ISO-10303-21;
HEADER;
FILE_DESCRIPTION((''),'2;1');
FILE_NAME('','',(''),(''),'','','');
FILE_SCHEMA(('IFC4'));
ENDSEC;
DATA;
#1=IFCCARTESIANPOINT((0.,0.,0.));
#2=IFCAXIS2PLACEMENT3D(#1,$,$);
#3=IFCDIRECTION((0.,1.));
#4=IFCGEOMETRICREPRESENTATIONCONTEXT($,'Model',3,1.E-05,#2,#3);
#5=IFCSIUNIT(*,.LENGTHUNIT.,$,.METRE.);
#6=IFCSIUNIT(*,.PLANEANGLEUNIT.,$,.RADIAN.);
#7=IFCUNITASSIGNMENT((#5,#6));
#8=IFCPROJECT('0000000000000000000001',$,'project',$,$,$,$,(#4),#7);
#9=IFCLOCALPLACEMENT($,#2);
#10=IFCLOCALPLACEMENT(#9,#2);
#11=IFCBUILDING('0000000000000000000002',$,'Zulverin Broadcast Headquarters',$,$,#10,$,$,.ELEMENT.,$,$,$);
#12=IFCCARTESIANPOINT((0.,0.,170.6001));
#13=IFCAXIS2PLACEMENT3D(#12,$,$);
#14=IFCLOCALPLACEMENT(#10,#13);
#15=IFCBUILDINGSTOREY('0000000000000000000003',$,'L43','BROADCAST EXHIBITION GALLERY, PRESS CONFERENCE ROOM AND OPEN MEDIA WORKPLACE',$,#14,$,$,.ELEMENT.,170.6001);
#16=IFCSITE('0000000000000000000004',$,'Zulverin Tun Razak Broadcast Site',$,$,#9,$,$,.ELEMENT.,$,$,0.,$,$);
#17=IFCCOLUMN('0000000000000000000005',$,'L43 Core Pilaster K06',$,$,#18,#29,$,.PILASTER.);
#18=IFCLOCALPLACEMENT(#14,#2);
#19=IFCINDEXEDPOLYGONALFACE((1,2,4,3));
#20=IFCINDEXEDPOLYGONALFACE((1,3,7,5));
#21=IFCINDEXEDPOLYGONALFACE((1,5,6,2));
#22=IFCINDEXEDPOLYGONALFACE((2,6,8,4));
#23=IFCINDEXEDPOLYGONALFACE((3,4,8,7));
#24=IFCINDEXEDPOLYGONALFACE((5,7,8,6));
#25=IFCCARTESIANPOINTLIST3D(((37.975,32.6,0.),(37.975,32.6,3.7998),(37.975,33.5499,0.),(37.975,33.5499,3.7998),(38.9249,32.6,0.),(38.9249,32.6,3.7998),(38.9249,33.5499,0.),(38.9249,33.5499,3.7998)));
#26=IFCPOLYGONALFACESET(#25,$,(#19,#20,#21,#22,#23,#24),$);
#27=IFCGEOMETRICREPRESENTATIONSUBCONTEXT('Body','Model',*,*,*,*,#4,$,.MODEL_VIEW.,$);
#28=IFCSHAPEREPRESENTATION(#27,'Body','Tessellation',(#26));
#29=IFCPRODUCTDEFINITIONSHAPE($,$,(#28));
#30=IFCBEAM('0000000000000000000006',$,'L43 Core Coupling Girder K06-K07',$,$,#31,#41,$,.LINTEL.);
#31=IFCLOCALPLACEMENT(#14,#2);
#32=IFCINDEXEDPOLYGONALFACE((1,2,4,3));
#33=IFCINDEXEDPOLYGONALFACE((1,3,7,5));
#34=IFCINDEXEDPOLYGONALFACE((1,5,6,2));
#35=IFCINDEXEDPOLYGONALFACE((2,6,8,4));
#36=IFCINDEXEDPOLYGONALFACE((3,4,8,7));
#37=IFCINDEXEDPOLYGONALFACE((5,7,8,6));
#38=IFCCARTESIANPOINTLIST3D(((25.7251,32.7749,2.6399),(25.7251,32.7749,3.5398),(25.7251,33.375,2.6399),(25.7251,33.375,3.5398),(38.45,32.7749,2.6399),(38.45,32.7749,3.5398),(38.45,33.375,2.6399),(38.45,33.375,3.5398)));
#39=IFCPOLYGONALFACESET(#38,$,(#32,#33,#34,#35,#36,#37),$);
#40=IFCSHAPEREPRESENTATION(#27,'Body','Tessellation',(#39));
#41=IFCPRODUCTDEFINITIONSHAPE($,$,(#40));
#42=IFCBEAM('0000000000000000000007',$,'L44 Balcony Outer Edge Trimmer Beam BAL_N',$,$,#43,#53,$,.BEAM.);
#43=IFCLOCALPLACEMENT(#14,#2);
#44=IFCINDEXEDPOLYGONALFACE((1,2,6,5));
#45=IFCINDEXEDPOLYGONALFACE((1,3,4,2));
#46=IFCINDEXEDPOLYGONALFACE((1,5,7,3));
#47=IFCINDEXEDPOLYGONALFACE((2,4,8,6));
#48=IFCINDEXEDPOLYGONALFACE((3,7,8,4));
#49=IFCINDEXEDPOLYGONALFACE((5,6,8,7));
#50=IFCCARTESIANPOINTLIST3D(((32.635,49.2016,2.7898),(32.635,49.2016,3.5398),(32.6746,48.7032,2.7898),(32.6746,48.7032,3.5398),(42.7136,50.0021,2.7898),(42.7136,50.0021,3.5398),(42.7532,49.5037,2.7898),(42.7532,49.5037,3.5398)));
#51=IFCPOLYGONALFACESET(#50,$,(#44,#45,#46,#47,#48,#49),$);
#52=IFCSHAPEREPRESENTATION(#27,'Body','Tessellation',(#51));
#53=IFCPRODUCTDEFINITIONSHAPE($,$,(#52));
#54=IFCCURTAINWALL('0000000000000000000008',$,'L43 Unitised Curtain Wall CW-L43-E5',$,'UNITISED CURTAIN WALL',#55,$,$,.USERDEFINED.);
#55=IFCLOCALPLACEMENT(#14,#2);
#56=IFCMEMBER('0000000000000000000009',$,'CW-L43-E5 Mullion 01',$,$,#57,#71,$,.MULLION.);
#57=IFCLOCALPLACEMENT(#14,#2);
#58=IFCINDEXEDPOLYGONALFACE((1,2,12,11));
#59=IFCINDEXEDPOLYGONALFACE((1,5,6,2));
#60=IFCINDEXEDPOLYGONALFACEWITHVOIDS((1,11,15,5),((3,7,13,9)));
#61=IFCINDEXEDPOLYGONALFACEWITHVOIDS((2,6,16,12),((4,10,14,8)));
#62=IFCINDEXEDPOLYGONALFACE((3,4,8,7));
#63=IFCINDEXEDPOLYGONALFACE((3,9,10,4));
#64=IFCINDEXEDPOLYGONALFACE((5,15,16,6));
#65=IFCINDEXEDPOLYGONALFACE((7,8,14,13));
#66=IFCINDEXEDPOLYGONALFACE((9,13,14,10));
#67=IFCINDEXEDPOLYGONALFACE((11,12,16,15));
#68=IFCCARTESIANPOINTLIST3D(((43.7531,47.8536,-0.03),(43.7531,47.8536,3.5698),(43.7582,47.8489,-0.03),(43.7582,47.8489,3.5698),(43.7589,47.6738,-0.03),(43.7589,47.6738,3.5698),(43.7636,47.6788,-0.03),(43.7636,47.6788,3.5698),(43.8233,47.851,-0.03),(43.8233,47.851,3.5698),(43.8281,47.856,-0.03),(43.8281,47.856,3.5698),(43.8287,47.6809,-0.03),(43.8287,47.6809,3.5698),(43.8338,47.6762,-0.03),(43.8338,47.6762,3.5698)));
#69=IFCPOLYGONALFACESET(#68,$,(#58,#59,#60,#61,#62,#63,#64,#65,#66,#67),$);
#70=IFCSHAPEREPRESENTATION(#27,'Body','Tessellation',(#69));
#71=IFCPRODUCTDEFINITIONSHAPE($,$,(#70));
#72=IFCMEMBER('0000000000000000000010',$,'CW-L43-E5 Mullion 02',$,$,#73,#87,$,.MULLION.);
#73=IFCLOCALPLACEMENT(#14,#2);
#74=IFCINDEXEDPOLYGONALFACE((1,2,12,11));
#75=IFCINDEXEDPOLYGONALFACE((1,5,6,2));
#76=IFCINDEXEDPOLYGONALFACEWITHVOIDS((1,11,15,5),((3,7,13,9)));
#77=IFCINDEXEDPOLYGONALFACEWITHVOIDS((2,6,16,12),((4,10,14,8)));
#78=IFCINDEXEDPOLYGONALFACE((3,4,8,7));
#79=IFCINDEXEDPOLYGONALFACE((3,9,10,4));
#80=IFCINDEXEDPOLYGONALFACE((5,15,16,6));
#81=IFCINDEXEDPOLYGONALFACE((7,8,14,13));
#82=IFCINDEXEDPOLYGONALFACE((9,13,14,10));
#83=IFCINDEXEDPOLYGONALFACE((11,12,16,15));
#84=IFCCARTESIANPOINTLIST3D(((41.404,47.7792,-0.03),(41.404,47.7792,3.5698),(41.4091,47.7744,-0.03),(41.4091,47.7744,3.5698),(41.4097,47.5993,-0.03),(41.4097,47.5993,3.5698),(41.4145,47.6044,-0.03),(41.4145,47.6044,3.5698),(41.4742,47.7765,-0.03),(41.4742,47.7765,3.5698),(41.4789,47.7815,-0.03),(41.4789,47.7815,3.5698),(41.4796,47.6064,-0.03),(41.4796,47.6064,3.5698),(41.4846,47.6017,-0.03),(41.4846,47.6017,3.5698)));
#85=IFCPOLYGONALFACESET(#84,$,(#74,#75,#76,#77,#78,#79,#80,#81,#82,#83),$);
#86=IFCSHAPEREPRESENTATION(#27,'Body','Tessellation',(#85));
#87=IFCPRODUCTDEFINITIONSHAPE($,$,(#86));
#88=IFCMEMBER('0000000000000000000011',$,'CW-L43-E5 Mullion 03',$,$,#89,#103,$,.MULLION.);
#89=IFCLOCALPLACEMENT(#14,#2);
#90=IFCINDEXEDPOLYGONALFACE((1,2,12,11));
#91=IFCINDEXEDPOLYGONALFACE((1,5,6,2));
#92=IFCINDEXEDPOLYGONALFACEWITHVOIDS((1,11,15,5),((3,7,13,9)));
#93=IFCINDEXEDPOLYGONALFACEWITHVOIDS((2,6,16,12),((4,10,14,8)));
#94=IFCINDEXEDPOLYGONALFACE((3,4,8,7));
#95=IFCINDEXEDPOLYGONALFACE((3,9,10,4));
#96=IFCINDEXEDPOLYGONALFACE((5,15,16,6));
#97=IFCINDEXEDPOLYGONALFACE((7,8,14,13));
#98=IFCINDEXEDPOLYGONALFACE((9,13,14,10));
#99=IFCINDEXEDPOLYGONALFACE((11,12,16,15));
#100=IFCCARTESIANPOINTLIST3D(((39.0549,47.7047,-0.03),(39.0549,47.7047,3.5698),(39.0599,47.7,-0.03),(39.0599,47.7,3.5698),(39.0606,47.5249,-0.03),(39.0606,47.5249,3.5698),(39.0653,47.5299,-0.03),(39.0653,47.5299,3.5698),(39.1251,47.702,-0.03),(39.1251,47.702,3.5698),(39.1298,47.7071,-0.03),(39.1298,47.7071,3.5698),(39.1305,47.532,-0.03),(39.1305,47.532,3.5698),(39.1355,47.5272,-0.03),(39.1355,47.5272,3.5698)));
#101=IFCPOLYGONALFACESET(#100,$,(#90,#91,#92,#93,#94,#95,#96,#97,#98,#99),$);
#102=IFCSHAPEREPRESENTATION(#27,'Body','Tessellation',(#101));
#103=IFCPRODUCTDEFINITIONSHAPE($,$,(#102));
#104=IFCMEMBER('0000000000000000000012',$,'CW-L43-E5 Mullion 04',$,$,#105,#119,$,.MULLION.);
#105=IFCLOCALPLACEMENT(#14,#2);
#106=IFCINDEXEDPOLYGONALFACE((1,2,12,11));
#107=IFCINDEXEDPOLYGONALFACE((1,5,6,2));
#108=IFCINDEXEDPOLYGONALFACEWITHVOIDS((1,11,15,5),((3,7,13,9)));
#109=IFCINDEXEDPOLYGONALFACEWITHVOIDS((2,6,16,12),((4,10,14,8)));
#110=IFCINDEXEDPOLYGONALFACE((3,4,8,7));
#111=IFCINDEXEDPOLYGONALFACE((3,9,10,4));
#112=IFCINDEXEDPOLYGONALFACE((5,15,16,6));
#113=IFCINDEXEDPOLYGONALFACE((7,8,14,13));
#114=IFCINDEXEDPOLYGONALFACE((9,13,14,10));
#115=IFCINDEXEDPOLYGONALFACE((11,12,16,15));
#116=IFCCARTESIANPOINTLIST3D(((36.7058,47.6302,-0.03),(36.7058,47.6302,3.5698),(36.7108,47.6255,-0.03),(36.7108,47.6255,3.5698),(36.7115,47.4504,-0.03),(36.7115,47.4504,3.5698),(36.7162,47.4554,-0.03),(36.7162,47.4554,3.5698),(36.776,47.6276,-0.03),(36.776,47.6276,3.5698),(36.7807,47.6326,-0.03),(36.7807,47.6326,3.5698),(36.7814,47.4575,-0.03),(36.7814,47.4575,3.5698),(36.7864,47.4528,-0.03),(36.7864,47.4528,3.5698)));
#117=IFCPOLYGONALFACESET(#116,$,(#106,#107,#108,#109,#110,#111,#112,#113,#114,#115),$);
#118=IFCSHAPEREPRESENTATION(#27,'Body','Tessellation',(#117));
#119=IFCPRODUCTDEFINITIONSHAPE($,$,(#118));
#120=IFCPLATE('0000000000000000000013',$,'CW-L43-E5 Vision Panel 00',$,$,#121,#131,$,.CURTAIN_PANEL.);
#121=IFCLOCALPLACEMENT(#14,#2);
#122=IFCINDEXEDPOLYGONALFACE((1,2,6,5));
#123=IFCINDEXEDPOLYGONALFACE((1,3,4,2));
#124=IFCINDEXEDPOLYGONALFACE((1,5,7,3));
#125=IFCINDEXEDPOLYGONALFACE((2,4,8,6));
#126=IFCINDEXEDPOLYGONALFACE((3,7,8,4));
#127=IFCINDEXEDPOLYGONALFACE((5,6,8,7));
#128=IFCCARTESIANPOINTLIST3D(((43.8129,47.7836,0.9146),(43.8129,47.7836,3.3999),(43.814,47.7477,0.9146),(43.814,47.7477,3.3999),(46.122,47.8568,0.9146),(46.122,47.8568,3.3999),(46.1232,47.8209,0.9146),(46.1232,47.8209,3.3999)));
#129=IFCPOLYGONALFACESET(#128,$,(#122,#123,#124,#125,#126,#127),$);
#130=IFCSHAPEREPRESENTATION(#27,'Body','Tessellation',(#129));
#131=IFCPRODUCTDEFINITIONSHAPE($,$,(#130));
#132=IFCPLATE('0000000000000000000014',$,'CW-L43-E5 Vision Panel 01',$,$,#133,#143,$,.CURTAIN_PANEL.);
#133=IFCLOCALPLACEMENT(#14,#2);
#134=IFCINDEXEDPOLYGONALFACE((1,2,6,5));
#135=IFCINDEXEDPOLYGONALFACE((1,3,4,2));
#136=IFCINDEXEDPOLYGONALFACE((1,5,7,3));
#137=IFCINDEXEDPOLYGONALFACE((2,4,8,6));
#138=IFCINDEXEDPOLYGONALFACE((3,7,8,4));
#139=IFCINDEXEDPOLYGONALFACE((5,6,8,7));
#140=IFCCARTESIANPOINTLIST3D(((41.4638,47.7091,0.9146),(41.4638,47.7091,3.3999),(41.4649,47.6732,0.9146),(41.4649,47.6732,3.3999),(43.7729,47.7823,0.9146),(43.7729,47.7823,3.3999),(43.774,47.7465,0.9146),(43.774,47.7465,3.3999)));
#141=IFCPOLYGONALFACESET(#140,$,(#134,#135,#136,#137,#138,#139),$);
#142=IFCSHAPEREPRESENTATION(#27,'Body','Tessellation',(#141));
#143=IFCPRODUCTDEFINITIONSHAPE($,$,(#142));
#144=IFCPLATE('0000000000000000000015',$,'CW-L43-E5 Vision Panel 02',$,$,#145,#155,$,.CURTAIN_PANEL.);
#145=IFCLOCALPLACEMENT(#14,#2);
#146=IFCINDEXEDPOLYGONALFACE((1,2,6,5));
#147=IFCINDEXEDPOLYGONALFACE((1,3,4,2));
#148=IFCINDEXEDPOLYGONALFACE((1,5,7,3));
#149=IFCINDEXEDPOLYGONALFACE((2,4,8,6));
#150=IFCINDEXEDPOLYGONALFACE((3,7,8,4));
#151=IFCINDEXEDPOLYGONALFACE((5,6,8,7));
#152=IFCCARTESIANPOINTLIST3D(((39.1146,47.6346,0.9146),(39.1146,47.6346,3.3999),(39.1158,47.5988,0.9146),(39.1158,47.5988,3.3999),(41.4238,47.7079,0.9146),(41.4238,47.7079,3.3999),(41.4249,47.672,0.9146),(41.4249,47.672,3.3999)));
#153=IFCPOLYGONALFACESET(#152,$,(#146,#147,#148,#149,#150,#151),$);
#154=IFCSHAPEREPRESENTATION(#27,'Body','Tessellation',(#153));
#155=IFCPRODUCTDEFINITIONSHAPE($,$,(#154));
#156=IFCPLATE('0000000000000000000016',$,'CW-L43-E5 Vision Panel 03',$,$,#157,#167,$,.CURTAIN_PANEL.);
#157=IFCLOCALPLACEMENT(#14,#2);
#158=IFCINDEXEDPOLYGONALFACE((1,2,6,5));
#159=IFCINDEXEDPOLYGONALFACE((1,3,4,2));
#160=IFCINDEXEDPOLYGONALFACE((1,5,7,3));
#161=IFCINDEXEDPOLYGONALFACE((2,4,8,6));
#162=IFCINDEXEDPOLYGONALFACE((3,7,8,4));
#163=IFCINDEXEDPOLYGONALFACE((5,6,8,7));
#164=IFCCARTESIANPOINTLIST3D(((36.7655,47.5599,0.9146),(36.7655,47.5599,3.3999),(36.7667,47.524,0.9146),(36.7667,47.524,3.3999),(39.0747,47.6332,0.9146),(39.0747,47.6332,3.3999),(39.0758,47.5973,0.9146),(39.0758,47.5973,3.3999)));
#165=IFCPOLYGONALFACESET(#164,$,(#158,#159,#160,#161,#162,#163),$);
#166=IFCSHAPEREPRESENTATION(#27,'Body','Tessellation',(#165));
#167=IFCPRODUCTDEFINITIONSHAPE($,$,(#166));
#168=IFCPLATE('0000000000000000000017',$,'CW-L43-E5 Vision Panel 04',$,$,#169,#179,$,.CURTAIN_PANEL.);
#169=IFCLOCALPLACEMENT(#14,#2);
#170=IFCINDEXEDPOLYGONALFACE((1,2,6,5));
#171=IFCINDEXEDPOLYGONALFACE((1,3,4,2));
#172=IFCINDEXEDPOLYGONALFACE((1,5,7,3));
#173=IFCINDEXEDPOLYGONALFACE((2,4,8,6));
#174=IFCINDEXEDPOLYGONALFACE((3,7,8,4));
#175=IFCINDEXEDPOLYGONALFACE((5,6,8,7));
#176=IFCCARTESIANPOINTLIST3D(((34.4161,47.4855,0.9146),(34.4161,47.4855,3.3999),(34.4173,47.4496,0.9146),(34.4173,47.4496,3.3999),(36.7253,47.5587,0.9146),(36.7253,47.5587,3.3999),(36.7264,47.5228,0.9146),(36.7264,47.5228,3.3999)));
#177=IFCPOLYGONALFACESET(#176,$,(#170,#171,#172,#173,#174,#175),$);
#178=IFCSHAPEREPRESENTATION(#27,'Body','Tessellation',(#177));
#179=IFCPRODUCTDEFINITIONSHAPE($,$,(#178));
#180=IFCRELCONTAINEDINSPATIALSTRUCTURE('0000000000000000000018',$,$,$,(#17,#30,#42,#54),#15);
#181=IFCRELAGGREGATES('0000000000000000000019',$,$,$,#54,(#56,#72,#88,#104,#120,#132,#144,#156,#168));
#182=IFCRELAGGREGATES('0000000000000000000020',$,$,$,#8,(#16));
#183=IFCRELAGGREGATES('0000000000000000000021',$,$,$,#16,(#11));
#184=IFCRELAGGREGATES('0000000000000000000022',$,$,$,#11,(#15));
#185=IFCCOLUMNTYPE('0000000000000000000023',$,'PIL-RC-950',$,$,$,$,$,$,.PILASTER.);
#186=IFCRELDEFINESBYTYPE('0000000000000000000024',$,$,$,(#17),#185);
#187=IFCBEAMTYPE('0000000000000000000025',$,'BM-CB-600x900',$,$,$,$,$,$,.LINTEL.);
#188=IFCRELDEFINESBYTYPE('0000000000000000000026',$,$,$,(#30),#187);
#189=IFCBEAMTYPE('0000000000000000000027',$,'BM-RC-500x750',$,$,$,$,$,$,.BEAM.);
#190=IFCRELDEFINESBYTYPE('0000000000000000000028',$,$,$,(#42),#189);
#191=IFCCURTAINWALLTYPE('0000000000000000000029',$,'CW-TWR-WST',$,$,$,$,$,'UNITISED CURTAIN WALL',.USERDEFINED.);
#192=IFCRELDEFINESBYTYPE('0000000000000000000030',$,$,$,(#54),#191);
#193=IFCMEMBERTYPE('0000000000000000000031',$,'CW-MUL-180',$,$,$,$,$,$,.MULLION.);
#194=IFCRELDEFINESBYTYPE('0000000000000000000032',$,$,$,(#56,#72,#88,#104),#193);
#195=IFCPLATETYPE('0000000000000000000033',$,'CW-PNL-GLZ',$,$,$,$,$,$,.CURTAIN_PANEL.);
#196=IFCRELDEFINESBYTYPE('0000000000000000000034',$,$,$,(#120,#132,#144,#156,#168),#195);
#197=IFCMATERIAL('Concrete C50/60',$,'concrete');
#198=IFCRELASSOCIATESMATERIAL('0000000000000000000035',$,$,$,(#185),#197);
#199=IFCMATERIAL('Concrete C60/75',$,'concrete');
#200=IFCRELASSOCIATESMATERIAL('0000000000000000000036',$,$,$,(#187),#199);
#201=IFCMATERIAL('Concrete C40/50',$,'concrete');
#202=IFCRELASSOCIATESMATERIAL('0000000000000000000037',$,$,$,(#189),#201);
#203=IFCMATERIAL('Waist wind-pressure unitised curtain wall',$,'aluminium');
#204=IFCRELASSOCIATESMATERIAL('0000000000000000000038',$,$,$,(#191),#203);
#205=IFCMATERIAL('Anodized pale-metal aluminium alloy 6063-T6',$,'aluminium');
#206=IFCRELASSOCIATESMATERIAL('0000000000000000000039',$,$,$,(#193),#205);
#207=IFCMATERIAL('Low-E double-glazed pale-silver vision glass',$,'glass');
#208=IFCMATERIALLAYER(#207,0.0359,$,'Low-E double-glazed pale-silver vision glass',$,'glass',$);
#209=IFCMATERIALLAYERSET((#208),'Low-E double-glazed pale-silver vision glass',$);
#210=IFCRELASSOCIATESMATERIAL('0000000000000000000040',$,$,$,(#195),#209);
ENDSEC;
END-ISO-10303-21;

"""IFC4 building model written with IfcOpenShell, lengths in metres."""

from ifc_helpers import new_model, si_unit, direction, frame, origin, origin_2d, place, context, subcontext, project, spatial, rectangle, hollow_rectangle, extrude, material, layer, layer_set, material_profile, profile_set, type_object, element, aggregate, save


model = new_model("IFC4")

# Units and contexts
model_context = context("Model", 3, precision=1e-05, world=origin(), true_north=direction((0.0, 1.0)))
body_context = subcontext(model_context, "Body", "Model", "MODEL_VIEW")
ifc_project = project(units=[si_unit("LENGTHUNIT", "METRE"), si_unit("PLANEANGLEUNIT", "RADIAN")], contexts=[model_context])

# Site, building, storey
site_placement = place(None, origin())
site = spatial("IfcSite", under=ifc_project, at=site_placement, Name="Zulverin Tun Razak Broadcast Site", CompositionType="ELEMENT", RefElevation=0.0)
building_placement = place(site_placement, origin())
building = spatial("IfcBuilding", under=site, at=building_placement, Name="Zulverin Broadcast Headquarters", CompositionType="ELEMENT")
storey_placement = place(building_placement, frame((0.0, 0.0, 170.6001)))
storey = spatial("IfcBuildingStorey", under=building, at=storey_placement, Name="L43", Description="BROADCAST EXHIBITION GALLERY, PRESS CONFERENCE ROOM AND OPEN MEDIA WORKPLACE", CompositionType="ELEMENT", Elevation=170.6001)

# Column
ifc_material_1 = material(Name="Concrete C50/60", Category="concrete")
ifc_material_profile_1 = material_profile(ifc_material_1, rectangle(XDim=0.95, YDim=0.95, at=origin_2d()), Name="Concrete C50/60", Category="concrete")
ifc_profile_set_1 = profile_set([ifc_material_profile_1], Name="Concrete C50/60")
column_type = type_object("IfcColumnType", Name="PIL-RC-950", PredefinedType="PILASTER", material=ifc_profile_set_1)
column_placement = place(storey_placement, frame((38.45, 33.075, 0.0), z_axis=(0.0, 0.0, 1.0), x_axis=(1.0, 0.0, 0.0)))
element("IfcColumn", 1, at=column_placement, inside=storey, type_object=column_type, Name="L43 Core Pilaster K06", PredefinedType="PILASTER", context=body_context, shape_type="SweptSolid", body=[
    extrude(rectangle(XDim=0.95, YDim=0.95, at=origin_2d()), origin(), (0.0, 0.0, 1.0), 3.7998),
])

# Beams
ifc_material_2 = material(Name="Concrete C60/75", Category="concrete")
ifc_material_profile_2 = material_profile(ifc_material_2, rectangle(XDim=0.6001, YDim=0.8999, at=origin_2d()), Name="Concrete C60/75", Category="concrete")
ifc_profile_set_2 = profile_set([ifc_material_profile_2], Name="Concrete C60/75")
beam_type_1 = type_object("IfcBeamType", Name="BM-CB-600x900", PredefinedType="LINTEL", material=ifc_profile_set_2)
beam_1_placement = place(storey_placement, frame((38.45, 33.075, 3.0898), z_axis=(-1.0, 0.0, 0.0), x_axis=(0.0, -1.0, 0.0)))
element("IfcBeam", 2, at=beam_1_placement, inside=storey, type_object=beam_type_1, Name="L43 Core Coupling Girder K06-K07", PredefinedType="LINTEL", context=body_context, shape_type="SweptSolid", body=[
    extrude(rectangle(XDim=0.6001, YDim=0.8999, at=origin_2d()), origin(), (0.0, 0.0, 1.0), 12.7249),
])
ifc_material_3 = material(Name="Concrete C40/50", Category="concrete")
ifc_material_profile_3 = material_profile(ifc_material_3, rectangle(XDim=0.5, YDim=0.75, at=origin_2d()), Name="Concrete C40/50", Category="concrete")
ifc_profile_set_3 = profile_set([ifc_material_profile_3], Name="Concrete C40/50")
beam_type_2 = type_object("IfcBeamType", Name="BM-RC-500x750", PredefinedType="BEAM", material=ifc_profile_set_3)
beam_2_placement = place(storey_placement, frame((42.7334, 49.7529, 3.1648), z_axis=(-0.99686, -0.07918, 0.0), x_axis=(0.07918, -0.99686, 0.0)))
element("IfcBeam", 3, at=beam_2_placement, inside=storey, type_object=beam_type_2, Name="L44 Balcony Outer Edge Trimmer Beam BAL_N", PredefinedType="BEAM", context=body_context, shape_type="SweptSolid", body=[
    extrude(rectangle(XDim=0.5, YDim=0.75, at=origin_2d()), origin(), (0.0, 0.0, 1.0), 10.1104),
])

# Curtain wall, members, plates
ifc_material_4 = material(Name="Waist wind-pressure unitised curtain wall", Category="aluminium")
curtain_wall_type = type_object("IfcCurtainWallType", Name="CW-TWR-WST", ElementType="UNITISED CURTAIN WALL", PredefinedType="USERDEFINED", material=ifc_material_4)
curtain_wall_placement = place(storey_placement, origin())
curtain_wall = element("IfcCurtainWall", 4, at=curtain_wall_placement, inside=storey, type_object=curtain_wall_type, Name="L43 Unitised Curtain Wall CW-L43-E5", ObjectType="UNITISED CURTAIN WALL", PredefinedType="USERDEFINED")
ifc_material_5 = material(Name="Anodized pale-metal aluminium alloy 6063-T6", Category="aluminium")
ifc_material_profile_4 = material_profile(ifc_material_5, hollow_rectangle(XDim=0.075, YDim=0.1799, WallThickness=0.0049, at=origin_2d()), Name="Anodized pale-metal aluminium alloy 6063-T6", Category="aluminium")
ifc_profile_set_4 = profile_set([ifc_material_profile_4], Name="Anodized pale-metal aluminium alloy 6063-T6")
member_type = type_object("IfcMemberType", Name="CW-MUL-180", PredefinedType="MULLION", material=ifc_profile_set_4)
member_1_placement = place(storey_placement, frame((43.7935, 47.7649, -0.03), z_axis=(0.0, 0.0, 1.0), x_axis=(-0.999497, -0.031709, 0.0)))
member_1 = element("IfcMember", 5, at=member_1_placement, type_object=member_type, Name="CW-L43-E5 Mullion 01", PredefinedType="MULLION", context=body_context, shape_type="SweptSolid", body=[
    extrude(hollow_rectangle(XDim=0.075, YDim=0.1799, WallThickness=0.0049, at=origin_2d()), origin(), (0.0, 0.0, 1.0), 3.5999),
])
member_2_placement = place(storey_placement, frame((41.4443, 47.6904, -0.03), z_axis=(0.0, 0.0, 1.0), x_axis=(-0.999497, -0.031709, 0.0)))
member_2 = element("IfcMember", 6, at=member_2_placement, type_object=member_type, Name="CW-L43-E5 Mullion 02", PredefinedType="MULLION", context=body_context, shape_type="SweptSolid", body=[
    extrude(hollow_rectangle(XDim=0.075, YDim=0.1799, WallThickness=0.0049, at=origin_2d()), origin(), (0.0, 0.0, 1.0), 3.5999),
])
member_3_placement = place(storey_placement, frame((39.0952, 47.616, -0.03), z_axis=(0.0, 0.0, 1.0), x_axis=(-0.999497, -0.031709, 0.0)))
member_3 = element("IfcMember", 7, at=member_3_placement, type_object=member_type, Name="CW-L43-E5 Mullion 03", PredefinedType="MULLION", context=body_context, shape_type="SweptSolid", body=[
    extrude(hollow_rectangle(XDim=0.075, YDim=0.1799, WallThickness=0.0049, at=origin_2d()), origin(), (0.0, 0.0, 1.0), 3.5999),
])
member_4_placement = place(storey_placement, frame((36.7461, 47.5415, -0.03), z_axis=(0.0, 0.0, 1.0), x_axis=(-0.999497, -0.031709, 0.0)))
member_4 = element("IfcMember", 8, at=member_4_placement, type_object=member_type, Name="CW-L43-E5 Mullion 04", PredefinedType="MULLION", context=body_context, shape_type="SweptSolid", body=[
    extrude(hollow_rectangle(XDim=0.075, YDim=0.1799, WallThickness=0.0049, at=origin_2d()), origin(), (0.0, 0.0, 1.0), 3.5999),
])
ifc_material_6 = material(Name="Low-E double-glazed pale-silver vision glass", Category="glass")
ifc_layer_1 = layer(ifc_material_6, 0.0359, Name="Low-E double-glazed pale-silver vision glass", Category="glass")
ifc_layer_set_1 = layer_set([ifc_layer_1], Name="Low-E double-glazed pale-silver vision glass")
plate_type_1 = type_object("IfcPlateType", Name="CW-PNL-GLZ", PredefinedType="CURTAIN_PANEL", material=ifc_layer_set_1)
plate_1_placement = place(storey_placement, frame((44.968, 47.8022, 0.9146), z_axis=(0.0, 0.0, 1.0), x_axis=(-0.999497, -0.031709, 0.0)))
plate_1 = element("IfcPlate", 9, at=plate_1_placement, type_object=plate_type_1, Name="CW-L43-E5 Vision Panel 00", PredefinedType="CURTAIN_PANEL", context=body_context, shape_type="SweptSolid", body=[
    extrude(rectangle(XDim=2.3103, YDim=0.0359, at=origin_2d()), origin(), (0.0, 0.0, 1.0), 2.4854),
])
plate_2_placement = place(storey_placement, frame((42.6189, 47.7278, 0.9146), z_axis=(0.0, 0.0, 1.0), x_axis=(-0.999497, -0.031709, 0.0)))
plate_2 = element("IfcPlate", 10, at=plate_2_placement, type_object=plate_type_1, Name="CW-L43-E5 Vision Panel 01", PredefinedType="CURTAIN_PANEL", context=body_context, shape_type="SweptSolid", body=[
    extrude(rectangle(XDim=2.3103, YDim=0.0359, at=origin_2d()), origin(), (0.0, 0.0, 1.0), 2.4854),
])
plate_3_placement = place(storey_placement, frame((40.2698, 47.6533, 0.9146), z_axis=(0.0, 0.0, 1.0), x_axis=(-0.999497, -0.031709, 0.0)))
plate_3 = element("IfcPlate", 11, at=plate_3_placement, type_object=plate_type_1, Name="CW-L43-E5 Vision Panel 02", PredefinedType="CURTAIN_PANEL", context=body_context, shape_type="SweptSolid", body=[
    extrude(rectangle(XDim=2.3103, YDim=0.0359, at=origin_2d()), origin(), (0.0, 0.0, 1.0), 2.4854),
])
plate_4_placement = place(storey_placement, frame((37.9207, 47.5786, 0.9146), z_axis=(0.0, 0.0, 1.0), x_axis=(-0.999497, -0.031709, 0.0)))
plate_4 = element("IfcPlate", 12, at=plate_4_placement, type_object=plate_type_1, Name="CW-L43-E5 Vision Panel 03", PredefinedType="CURTAIN_PANEL", context=body_context, shape_type="SweptSolid", body=[
    extrude(rectangle(XDim=2.3103, YDim=0.0359, at=origin_2d()), origin(), (0.0, 0.0, 1.0), 2.4854),
])
plate_5_placement = place(storey_placement, frame((35.5713, 47.5042, 0.9146), z_axis=(0.0, 0.0, 1.0), x_axis=(-0.999497, -0.031709, 0.0)))
plate_5 = element("IfcPlate", 13, at=plate_5_placement, type_object=plate_type_1, Name="CW-L43-E5 Vision Panel 04", PredefinedType="CURTAIN_PANEL", context=body_context, shape_type="SweptSolid", body=[
    extrude(rectangle(XDim=2.3103, YDim=0.0359, at=origin_2d()), origin(), (0.0, 0.0, 1.0), 2.4854),
])
aggregate(curtain_wall, [member_1, member_2, member_3, member_4, plate_1, plate_2, plate_3, plate_4, plate_5])

save(model, "model.ifc")
